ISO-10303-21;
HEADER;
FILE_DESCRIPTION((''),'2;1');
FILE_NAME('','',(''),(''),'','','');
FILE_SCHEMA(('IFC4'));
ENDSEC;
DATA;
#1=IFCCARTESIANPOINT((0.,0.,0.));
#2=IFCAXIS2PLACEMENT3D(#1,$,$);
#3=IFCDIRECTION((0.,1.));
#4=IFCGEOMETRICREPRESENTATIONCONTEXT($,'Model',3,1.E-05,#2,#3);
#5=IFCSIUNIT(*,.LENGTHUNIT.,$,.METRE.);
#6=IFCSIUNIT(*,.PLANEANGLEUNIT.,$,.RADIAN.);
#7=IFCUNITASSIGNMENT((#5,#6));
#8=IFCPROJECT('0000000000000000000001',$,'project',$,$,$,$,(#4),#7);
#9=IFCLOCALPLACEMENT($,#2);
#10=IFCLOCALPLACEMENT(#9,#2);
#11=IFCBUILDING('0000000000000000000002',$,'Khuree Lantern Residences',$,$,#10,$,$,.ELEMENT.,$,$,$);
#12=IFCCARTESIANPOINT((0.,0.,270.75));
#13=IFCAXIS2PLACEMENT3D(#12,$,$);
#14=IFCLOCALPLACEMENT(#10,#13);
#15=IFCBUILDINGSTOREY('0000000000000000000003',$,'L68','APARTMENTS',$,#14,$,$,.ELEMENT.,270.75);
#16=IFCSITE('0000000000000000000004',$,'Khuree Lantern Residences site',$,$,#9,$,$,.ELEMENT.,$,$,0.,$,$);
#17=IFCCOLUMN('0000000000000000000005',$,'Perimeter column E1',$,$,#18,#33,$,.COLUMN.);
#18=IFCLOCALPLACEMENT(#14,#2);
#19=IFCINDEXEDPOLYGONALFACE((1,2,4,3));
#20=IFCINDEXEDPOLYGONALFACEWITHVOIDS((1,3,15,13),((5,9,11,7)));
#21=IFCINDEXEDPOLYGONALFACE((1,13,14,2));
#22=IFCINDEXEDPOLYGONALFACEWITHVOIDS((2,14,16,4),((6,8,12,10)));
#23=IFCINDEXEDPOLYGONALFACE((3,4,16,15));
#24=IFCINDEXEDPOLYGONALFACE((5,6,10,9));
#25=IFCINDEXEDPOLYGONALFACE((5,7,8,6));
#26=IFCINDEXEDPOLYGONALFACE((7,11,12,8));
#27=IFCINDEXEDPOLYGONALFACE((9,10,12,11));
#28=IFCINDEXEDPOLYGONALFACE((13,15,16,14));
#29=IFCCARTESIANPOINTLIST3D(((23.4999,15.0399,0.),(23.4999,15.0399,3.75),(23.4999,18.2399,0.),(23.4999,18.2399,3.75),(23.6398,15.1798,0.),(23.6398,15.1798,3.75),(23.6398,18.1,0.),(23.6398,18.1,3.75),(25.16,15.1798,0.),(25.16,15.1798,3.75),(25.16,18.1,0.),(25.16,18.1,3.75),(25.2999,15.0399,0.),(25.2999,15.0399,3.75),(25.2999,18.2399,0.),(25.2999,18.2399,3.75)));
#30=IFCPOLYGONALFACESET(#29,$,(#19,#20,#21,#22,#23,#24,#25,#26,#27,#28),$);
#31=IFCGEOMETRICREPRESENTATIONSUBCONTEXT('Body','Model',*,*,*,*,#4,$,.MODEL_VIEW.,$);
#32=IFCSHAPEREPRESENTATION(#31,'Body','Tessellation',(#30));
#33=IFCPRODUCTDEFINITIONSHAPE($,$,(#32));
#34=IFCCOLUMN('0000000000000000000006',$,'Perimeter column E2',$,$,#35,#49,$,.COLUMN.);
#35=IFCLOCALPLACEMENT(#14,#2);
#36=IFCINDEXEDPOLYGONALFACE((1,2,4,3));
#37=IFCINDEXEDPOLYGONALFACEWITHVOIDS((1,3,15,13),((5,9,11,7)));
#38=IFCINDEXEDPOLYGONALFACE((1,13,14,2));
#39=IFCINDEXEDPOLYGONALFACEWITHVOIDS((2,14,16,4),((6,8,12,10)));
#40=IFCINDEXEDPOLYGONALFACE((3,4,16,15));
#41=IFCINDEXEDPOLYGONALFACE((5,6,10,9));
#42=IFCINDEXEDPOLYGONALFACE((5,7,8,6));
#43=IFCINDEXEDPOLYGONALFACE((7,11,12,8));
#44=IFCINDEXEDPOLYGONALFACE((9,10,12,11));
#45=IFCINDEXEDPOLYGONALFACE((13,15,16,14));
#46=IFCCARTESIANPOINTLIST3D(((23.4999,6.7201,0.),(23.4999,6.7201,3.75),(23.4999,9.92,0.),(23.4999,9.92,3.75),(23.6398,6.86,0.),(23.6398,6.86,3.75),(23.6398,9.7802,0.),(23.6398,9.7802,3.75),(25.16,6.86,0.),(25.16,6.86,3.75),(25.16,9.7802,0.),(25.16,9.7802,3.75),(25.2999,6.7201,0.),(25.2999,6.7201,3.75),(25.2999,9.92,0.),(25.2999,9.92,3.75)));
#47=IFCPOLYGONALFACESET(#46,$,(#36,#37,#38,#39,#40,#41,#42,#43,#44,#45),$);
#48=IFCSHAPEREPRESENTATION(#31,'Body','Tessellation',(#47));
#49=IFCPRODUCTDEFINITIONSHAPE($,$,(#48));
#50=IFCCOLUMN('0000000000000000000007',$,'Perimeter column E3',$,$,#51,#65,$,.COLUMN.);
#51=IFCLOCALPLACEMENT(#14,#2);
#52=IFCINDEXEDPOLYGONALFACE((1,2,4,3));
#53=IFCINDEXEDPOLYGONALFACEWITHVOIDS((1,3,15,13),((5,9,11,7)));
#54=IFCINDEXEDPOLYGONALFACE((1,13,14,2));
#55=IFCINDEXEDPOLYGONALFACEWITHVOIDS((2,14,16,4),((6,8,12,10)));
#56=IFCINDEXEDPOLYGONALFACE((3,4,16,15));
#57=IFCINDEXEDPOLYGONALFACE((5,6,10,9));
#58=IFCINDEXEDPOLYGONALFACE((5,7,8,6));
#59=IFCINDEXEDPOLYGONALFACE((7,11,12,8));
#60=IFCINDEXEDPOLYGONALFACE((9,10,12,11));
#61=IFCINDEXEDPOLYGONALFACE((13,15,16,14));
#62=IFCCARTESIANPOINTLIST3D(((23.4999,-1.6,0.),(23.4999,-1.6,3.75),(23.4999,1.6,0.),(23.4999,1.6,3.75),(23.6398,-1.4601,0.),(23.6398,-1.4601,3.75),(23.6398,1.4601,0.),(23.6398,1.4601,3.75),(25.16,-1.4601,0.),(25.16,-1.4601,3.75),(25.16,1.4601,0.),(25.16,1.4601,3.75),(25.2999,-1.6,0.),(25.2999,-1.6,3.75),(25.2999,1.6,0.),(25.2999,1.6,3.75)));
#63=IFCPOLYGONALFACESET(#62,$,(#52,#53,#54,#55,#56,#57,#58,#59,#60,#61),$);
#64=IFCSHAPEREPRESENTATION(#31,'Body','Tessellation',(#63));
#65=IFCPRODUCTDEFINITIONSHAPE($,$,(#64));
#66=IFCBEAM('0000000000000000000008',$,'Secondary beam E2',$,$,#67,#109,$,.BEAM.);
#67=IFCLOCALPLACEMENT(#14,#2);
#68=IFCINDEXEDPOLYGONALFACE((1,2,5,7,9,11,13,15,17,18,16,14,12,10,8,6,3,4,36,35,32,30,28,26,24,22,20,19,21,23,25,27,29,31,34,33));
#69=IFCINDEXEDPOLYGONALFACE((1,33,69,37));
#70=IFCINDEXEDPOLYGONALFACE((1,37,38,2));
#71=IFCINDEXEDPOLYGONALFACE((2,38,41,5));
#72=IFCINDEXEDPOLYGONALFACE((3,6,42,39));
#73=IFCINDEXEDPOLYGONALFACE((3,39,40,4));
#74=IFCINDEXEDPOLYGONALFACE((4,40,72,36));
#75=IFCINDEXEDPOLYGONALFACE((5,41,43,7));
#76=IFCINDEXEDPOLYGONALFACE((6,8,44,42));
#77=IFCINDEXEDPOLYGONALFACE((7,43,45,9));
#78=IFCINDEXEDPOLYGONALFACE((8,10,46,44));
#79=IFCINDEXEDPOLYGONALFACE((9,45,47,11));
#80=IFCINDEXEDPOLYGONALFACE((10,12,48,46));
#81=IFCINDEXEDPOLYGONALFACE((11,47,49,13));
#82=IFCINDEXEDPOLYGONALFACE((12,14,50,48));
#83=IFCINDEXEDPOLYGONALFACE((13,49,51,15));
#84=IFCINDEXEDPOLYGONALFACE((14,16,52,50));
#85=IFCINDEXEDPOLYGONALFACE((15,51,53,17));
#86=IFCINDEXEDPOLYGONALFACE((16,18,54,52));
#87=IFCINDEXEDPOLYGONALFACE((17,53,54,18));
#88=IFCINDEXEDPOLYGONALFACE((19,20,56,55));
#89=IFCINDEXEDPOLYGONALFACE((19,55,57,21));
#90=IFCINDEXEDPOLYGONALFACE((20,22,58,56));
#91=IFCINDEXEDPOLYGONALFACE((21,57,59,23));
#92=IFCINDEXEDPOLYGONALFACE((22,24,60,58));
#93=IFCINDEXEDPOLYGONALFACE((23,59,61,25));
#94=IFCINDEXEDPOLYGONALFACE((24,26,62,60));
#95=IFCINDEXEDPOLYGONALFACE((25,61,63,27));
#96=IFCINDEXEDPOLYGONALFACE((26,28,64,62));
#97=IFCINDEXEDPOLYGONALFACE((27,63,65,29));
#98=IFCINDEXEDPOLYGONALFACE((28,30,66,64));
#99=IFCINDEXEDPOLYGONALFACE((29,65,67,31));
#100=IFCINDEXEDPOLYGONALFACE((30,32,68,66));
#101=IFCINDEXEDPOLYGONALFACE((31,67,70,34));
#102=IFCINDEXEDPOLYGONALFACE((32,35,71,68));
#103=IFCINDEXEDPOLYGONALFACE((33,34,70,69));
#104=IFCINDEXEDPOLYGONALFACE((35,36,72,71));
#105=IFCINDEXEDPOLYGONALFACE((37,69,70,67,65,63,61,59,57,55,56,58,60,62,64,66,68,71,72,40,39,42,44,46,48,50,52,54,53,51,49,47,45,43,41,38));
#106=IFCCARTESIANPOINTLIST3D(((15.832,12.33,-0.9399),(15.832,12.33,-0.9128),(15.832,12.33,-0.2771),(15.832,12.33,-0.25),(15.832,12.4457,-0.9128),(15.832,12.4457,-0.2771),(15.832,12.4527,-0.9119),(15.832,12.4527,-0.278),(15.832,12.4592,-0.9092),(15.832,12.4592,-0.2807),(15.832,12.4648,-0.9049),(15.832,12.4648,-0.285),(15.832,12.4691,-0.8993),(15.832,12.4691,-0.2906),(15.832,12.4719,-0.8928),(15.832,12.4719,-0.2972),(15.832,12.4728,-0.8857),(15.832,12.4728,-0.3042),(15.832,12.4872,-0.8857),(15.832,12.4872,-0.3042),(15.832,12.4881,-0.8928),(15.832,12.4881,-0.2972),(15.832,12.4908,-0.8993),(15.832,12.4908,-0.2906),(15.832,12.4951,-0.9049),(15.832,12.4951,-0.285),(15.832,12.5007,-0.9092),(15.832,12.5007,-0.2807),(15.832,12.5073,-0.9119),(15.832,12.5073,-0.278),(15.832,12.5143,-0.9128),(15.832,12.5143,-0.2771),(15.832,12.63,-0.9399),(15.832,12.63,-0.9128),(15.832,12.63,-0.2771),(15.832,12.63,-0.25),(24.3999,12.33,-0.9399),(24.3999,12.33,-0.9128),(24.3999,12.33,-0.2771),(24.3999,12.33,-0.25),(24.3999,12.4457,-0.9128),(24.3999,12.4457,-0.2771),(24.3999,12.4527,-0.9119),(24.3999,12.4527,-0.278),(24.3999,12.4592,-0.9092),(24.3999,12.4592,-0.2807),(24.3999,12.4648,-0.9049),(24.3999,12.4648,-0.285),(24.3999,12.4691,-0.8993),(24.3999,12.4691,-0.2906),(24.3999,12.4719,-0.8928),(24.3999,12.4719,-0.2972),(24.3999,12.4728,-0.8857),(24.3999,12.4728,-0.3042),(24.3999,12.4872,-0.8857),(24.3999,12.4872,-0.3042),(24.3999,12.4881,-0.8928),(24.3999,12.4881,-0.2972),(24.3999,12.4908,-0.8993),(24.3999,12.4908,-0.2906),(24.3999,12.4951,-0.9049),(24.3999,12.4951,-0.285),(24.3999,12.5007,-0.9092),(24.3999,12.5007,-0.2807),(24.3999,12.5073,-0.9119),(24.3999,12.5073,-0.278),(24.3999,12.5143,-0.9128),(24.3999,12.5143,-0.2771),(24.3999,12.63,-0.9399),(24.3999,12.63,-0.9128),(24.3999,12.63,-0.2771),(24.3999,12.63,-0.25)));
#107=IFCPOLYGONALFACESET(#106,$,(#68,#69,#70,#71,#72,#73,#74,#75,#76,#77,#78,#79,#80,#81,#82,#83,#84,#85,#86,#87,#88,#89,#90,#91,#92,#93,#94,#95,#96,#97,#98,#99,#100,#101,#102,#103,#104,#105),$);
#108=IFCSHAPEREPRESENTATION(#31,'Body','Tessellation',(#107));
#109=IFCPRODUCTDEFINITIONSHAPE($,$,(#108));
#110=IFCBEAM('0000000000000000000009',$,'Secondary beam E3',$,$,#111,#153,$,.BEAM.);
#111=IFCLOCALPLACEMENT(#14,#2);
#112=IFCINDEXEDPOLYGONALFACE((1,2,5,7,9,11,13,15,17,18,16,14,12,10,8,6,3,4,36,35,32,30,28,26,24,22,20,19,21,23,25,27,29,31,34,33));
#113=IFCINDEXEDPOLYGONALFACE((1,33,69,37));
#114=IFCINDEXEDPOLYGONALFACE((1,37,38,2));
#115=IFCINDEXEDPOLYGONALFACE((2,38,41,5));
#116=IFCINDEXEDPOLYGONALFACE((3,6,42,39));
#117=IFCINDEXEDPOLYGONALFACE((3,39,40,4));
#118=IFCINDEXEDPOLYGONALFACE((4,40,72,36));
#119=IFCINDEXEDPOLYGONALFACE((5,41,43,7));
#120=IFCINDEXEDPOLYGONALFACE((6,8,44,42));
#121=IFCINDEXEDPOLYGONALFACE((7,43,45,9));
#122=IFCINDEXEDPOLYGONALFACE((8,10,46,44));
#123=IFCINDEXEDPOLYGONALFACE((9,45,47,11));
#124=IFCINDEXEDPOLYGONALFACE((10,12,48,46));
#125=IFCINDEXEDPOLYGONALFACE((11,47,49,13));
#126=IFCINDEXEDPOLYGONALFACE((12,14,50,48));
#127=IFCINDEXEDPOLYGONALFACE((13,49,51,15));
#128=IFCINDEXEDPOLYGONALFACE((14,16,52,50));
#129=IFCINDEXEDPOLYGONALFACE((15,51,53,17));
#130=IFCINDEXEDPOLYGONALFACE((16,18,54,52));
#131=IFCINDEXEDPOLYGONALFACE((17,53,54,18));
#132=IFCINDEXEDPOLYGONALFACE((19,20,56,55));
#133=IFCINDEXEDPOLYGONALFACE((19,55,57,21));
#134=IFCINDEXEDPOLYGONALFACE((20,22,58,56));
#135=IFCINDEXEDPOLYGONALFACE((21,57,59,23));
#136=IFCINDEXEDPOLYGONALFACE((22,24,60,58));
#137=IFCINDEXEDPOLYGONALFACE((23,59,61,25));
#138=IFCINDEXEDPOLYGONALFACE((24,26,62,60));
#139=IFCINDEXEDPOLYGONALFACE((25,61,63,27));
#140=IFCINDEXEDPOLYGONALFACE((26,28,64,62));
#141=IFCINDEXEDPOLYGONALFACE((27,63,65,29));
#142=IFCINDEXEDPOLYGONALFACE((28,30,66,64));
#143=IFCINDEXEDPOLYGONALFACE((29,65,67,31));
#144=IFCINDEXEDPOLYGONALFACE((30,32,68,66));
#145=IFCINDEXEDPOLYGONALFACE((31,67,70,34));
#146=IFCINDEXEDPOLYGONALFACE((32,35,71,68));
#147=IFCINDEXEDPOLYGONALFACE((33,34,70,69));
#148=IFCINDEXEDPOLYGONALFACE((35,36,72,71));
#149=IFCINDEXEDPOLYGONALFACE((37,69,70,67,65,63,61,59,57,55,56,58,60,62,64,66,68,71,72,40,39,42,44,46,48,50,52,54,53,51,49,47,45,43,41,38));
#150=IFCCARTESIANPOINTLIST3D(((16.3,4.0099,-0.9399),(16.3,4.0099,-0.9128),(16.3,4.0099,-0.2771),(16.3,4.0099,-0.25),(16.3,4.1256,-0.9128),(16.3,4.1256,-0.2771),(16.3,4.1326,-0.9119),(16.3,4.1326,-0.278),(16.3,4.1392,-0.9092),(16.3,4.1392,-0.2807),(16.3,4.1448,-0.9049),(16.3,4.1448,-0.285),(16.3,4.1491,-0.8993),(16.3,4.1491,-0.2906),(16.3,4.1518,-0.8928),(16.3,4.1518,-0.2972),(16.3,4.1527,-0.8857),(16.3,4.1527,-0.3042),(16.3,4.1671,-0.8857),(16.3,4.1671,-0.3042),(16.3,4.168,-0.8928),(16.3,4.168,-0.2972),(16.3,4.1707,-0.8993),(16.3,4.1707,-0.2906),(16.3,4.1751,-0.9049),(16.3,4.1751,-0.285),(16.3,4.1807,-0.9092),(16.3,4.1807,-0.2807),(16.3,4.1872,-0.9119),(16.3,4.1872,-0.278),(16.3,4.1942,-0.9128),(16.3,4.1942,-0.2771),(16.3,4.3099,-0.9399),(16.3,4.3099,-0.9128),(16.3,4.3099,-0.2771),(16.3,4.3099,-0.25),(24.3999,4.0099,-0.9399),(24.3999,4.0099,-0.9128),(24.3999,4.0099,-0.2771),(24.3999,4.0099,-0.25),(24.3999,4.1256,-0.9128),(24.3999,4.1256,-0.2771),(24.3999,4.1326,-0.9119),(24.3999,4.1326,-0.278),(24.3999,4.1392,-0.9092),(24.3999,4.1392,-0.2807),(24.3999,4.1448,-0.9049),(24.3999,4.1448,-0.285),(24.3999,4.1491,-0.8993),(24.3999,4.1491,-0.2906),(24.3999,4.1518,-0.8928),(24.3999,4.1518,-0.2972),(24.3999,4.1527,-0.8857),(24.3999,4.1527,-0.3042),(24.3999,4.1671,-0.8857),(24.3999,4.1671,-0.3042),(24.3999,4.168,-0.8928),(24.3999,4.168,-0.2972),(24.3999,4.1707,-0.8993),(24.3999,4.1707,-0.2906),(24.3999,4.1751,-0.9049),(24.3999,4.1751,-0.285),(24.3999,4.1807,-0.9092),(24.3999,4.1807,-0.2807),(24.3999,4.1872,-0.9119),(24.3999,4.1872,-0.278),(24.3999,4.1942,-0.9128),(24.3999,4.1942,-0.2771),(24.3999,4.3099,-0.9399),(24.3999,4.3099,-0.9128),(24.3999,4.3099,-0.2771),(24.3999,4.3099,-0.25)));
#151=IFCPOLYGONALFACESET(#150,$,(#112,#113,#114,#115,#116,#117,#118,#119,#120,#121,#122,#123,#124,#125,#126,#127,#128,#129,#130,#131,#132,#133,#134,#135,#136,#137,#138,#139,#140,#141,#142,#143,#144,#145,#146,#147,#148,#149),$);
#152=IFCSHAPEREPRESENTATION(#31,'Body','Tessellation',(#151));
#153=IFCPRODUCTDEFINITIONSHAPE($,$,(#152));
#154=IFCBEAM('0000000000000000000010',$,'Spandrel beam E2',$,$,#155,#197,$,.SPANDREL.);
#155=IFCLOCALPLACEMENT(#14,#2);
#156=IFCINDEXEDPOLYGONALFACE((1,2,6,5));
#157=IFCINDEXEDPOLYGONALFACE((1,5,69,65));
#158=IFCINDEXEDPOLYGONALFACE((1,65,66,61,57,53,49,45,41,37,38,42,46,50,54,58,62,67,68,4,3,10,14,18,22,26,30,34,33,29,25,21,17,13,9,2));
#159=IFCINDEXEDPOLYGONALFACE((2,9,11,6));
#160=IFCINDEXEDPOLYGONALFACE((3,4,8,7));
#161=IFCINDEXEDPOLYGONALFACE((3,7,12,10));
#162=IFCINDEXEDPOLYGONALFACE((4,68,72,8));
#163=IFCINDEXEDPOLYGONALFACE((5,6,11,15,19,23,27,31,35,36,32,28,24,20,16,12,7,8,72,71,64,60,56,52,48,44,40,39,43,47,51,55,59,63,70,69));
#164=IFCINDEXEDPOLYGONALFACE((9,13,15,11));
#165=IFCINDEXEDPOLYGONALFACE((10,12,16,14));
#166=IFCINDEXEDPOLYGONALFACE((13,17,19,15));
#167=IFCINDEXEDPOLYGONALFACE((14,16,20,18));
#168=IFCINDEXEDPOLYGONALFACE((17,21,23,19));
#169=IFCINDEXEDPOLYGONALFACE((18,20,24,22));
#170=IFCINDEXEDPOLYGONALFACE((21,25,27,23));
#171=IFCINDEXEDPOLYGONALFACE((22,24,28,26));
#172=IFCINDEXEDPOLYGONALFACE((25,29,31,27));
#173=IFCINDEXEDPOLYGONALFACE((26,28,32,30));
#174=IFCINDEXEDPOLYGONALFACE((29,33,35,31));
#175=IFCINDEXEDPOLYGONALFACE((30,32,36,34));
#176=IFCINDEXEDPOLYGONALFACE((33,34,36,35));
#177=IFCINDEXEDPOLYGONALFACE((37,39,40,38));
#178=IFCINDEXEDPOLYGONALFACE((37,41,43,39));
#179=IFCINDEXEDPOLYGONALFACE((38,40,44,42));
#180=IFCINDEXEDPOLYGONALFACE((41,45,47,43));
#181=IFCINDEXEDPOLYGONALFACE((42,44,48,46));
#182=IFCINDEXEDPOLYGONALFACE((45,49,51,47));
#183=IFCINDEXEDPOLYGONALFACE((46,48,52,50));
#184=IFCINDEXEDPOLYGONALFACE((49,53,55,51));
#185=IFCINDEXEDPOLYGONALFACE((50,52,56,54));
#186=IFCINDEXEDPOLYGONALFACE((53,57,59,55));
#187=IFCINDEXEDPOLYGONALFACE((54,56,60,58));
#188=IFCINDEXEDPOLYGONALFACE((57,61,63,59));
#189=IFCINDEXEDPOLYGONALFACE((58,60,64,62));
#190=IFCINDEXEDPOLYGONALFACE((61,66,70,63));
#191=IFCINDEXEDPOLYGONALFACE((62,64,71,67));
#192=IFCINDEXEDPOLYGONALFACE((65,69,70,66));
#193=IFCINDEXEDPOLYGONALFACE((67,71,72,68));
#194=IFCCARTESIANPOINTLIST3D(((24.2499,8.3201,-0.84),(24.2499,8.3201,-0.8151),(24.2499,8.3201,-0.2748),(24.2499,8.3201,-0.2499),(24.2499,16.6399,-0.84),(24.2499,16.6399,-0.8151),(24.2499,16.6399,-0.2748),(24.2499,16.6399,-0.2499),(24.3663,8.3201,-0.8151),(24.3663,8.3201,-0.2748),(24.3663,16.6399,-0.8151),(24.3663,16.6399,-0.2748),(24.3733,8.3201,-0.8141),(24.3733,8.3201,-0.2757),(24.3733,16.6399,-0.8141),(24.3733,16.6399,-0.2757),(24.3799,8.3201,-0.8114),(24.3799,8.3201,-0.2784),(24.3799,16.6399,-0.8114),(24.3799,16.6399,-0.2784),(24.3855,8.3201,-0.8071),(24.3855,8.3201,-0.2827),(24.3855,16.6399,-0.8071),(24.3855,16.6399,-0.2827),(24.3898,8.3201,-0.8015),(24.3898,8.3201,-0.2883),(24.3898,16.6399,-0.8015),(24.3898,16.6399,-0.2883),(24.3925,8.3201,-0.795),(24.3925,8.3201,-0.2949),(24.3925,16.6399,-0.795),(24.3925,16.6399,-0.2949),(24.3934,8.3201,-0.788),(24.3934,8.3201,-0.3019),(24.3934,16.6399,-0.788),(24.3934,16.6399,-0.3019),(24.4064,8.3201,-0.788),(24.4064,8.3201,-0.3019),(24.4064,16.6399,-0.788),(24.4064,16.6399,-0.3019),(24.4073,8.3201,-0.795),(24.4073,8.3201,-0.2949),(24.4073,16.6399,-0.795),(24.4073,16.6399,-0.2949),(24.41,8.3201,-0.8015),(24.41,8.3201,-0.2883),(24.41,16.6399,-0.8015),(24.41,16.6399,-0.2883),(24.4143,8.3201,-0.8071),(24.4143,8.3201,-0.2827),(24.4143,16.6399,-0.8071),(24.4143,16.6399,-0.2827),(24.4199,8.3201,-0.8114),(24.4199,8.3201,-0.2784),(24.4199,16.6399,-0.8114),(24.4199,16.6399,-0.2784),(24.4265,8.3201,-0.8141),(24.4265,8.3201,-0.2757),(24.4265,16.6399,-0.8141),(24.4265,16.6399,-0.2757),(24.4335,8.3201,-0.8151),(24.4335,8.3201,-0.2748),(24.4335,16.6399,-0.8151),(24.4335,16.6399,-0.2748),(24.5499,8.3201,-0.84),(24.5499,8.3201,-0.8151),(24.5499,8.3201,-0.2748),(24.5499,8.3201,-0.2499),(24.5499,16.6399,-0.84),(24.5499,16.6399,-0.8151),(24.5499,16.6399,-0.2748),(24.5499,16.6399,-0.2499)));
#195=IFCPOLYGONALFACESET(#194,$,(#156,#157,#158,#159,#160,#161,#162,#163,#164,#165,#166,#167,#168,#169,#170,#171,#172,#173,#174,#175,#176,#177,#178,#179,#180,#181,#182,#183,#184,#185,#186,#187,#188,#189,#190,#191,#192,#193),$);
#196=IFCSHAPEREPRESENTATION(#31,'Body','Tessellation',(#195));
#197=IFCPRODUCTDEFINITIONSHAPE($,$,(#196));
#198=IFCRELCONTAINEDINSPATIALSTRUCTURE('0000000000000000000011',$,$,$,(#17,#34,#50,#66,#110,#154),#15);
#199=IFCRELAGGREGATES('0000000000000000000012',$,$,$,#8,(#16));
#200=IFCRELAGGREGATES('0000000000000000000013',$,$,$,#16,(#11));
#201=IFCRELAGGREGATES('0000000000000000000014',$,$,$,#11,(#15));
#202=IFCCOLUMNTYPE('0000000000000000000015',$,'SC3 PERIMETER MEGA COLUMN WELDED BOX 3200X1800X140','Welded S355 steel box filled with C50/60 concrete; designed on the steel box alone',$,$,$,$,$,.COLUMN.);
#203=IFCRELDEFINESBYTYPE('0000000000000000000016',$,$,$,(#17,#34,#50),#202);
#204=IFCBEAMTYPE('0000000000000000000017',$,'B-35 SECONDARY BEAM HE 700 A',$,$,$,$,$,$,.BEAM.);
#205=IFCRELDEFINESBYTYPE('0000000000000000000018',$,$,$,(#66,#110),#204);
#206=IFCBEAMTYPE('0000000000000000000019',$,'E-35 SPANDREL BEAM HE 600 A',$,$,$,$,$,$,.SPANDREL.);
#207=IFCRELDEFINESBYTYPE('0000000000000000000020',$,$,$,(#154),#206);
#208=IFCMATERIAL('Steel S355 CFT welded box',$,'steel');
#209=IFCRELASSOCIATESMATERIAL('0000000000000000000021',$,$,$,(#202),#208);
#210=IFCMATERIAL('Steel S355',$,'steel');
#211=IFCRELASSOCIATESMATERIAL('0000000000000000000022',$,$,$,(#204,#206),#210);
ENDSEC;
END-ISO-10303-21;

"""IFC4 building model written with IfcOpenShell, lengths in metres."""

from ifc_helpers import new_model, si_unit, direction, frame, origin, origin_2d, place, context, subcontext, project, spatial, hollow_rectangle, i_section, extrude, material, material_profile, profile_set, type_object, element, save


model = new_model("IFC4")

# Units and contexts
model_context = context("Model", 3, precision=1e-05, world=origin(), true_north=direction((0.0, 1.0)))
body_context = subcontext(model_context, "Body", "Model", "MODEL_VIEW")
ifc_project = project(units=[si_unit("LENGTHUNIT", "METRE"), si_unit("PLANEANGLEUNIT", "RADIAN")], contexts=[model_context])

# Site, building, storey
site_placement = place(None, origin())
site = spatial("IfcSite", under=ifc_project, at=site_placement, Name="Khuree Lantern Residences site", CompositionType="ELEMENT", RefElevation=0.0)
building_placement = place(site_placement, origin())
building = spatial("IfcBuilding", under=site, at=building_placement, Name="Khuree Lantern Residences", CompositionType="ELEMENT")
storey_placement = place(building_placement, frame((0.0, 0.0, 270.75)))
storey = spatial("IfcBuildingStorey", under=building, at=storey_placement, Name="L68", Description="APARTMENTS", CompositionType="ELEMENT", Elevation=270.75)

# Columns
ifc_material_1 = material(Name="Steel S355 CFT welded box", Category="steel")
ifc_material_profile_1 = material_profile(ifc_material_1, hollow_rectangle(XDim=3.2, YDim=1.8, WallThickness=0.1399, at=origin_2d()), Name="WELDED BOX 3200X1800X140")
ifc_profile_set_1 = profile_set([ifc_material_profile_1], Name="Steel S355 CFT welded box")
column_type = type_object("IfcColumnType", Name="SC3 PERIMETER MEGA COLUMN WELDED BOX 3200X1800X140", Description="Welded S355 steel box filled with C50/60 concrete; designed on the steel box alone", PredefinedType="COLUMN", material=ifc_profile_set_1)
for number, where, z_axis, x_axis, name in (
    (1, (24.3999, 16.6399, 0.0), (0.0, 0.0, 1.0), (0.0, 1.0, 0.0), "Perimeter column E1"),
    (2, (24.3999, 8.3201, 0.0), (0.0, 0.0, 1.0), (0.0, 1.0, 0.0), "Perimeter column E2"),
    (3, (24.3999, 0.0, 0.0), (0.0, 0.0, 1.0), (0.0, 1.0, 0.0), "Perimeter column E3"),
):
    element("IfcColumn", number, at=place(storey_placement, frame(where, z_axis=z_axis, x_axis=x_axis)), inside=storey, type_object=column_type, Name=name, PredefinedType="COLUMN", context=body_context, shape_type="SweptSolid", body=[
        extrude(hollow_rectangle(XDim=3.2, YDim=1.8, WallThickness=0.1399, at=origin_2d()), origin(), (0.0, 0.0, 1.0), 3.75),
    ])

# Beams
ifc_material_2 = material(Name="Steel S355", Category="steel")
ifc_material_profile_2 = material_profile(ifc_material_2, i_section(OverallWidth=0.3, OverallDepth=0.6899, WebThickness=0.0144, FlangeThickness=0.0271, FilletRadius=0.0271, at=origin_2d()), Name="HE 700 A")
ifc_profile_set_2 = profile_set([ifc_material_profile_2], Name="Steel S355")
beam_type_1 = type_object("IfcBeamType", Name="B-35 SECONDARY BEAM HE 700 A", PredefinedType="BEAM", material=ifc_profile_set_2)
beam_1_placement = place(storey_placement, frame((24.3999, 12.48, -0.595), z_axis=(-1.0, 0.0, 0.0), x_axis=(0.0, -1.0, 0.0)))
element("IfcBeam", 4, at=beam_1_placement, inside=storey, type_object=beam_type_1, Name="Secondary beam E2", PredefinedType="BEAM", context=body_context, shape_type="SweptSolid", body=[
    extrude(i_section(OverallWidth=0.3, OverallDepth=0.6899, WebThickness=0.0144, FlangeThickness=0.0271, FilletRadius=0.0271, at=origin_2d()), origin(), (0.0, 0.0, 1.0), 8.5679),
])
beam_2_placement = place(storey_placement, frame((24.3999, 4.1599, -0.595), z_axis=(-1.0, 0.0, 0.0), x_axis=(0.0, -1.0, 0.0)))
element("IfcBeam", 5, at=beam_2_placement, inside=storey, type_object=beam_type_1, Name="Secondary beam E3", PredefinedType="BEAM", context=body_context, shape_type="SweptSolid", body=[
    extrude(i_section(OverallWidth=0.3, OverallDepth=0.6899, WebThickness=0.0144, FlangeThickness=0.0271, FilletRadius=0.0271, at=origin_2d()), origin(), (0.0, 0.0, 1.0), 8.0999),
])
ifc_material_profile_3 = material_profile(ifc_material_2, i_section(OverallWidth=0.3, OverallDepth=0.5901, WebThickness=0.0129, FlangeThickness=0.0249, FilletRadius=0.0271, at=origin_2d()), Name="HE 600 A")
ifc_profile_set_3 = profile_set([ifc_material_profile_3], Name="Steel S355")
beam_type_2 = type_object("IfcBeamType", Name="E-35 SPANDREL BEAM HE 600 A", PredefinedType="SPANDREL", material=ifc_profile_set_3)
beam_3_placement = place(storey_placement, frame((24.3999, 16.6399, -0.5449), z_axis=(0.0, -1.0, 0.0), x_axis=(1.0, 0.0, 0.0)))
element("IfcBeam", 6, at=beam_3_placement, inside=storey, type_object=beam_type_2, Name="Spandrel beam E2", PredefinedType="SPANDREL", context=body_context, shape_type="SweptSolid", body=[
    extrude(i_section(OverallWidth=0.3, OverallDepth=0.5901, WebThickness=0.0129, FlangeThickness=0.0249, FilletRadius=0.0271, at=origin_2d()), origin(), (0.0, 0.0, 1.0), 8.3198),
])

save(model, "model.ifc")
